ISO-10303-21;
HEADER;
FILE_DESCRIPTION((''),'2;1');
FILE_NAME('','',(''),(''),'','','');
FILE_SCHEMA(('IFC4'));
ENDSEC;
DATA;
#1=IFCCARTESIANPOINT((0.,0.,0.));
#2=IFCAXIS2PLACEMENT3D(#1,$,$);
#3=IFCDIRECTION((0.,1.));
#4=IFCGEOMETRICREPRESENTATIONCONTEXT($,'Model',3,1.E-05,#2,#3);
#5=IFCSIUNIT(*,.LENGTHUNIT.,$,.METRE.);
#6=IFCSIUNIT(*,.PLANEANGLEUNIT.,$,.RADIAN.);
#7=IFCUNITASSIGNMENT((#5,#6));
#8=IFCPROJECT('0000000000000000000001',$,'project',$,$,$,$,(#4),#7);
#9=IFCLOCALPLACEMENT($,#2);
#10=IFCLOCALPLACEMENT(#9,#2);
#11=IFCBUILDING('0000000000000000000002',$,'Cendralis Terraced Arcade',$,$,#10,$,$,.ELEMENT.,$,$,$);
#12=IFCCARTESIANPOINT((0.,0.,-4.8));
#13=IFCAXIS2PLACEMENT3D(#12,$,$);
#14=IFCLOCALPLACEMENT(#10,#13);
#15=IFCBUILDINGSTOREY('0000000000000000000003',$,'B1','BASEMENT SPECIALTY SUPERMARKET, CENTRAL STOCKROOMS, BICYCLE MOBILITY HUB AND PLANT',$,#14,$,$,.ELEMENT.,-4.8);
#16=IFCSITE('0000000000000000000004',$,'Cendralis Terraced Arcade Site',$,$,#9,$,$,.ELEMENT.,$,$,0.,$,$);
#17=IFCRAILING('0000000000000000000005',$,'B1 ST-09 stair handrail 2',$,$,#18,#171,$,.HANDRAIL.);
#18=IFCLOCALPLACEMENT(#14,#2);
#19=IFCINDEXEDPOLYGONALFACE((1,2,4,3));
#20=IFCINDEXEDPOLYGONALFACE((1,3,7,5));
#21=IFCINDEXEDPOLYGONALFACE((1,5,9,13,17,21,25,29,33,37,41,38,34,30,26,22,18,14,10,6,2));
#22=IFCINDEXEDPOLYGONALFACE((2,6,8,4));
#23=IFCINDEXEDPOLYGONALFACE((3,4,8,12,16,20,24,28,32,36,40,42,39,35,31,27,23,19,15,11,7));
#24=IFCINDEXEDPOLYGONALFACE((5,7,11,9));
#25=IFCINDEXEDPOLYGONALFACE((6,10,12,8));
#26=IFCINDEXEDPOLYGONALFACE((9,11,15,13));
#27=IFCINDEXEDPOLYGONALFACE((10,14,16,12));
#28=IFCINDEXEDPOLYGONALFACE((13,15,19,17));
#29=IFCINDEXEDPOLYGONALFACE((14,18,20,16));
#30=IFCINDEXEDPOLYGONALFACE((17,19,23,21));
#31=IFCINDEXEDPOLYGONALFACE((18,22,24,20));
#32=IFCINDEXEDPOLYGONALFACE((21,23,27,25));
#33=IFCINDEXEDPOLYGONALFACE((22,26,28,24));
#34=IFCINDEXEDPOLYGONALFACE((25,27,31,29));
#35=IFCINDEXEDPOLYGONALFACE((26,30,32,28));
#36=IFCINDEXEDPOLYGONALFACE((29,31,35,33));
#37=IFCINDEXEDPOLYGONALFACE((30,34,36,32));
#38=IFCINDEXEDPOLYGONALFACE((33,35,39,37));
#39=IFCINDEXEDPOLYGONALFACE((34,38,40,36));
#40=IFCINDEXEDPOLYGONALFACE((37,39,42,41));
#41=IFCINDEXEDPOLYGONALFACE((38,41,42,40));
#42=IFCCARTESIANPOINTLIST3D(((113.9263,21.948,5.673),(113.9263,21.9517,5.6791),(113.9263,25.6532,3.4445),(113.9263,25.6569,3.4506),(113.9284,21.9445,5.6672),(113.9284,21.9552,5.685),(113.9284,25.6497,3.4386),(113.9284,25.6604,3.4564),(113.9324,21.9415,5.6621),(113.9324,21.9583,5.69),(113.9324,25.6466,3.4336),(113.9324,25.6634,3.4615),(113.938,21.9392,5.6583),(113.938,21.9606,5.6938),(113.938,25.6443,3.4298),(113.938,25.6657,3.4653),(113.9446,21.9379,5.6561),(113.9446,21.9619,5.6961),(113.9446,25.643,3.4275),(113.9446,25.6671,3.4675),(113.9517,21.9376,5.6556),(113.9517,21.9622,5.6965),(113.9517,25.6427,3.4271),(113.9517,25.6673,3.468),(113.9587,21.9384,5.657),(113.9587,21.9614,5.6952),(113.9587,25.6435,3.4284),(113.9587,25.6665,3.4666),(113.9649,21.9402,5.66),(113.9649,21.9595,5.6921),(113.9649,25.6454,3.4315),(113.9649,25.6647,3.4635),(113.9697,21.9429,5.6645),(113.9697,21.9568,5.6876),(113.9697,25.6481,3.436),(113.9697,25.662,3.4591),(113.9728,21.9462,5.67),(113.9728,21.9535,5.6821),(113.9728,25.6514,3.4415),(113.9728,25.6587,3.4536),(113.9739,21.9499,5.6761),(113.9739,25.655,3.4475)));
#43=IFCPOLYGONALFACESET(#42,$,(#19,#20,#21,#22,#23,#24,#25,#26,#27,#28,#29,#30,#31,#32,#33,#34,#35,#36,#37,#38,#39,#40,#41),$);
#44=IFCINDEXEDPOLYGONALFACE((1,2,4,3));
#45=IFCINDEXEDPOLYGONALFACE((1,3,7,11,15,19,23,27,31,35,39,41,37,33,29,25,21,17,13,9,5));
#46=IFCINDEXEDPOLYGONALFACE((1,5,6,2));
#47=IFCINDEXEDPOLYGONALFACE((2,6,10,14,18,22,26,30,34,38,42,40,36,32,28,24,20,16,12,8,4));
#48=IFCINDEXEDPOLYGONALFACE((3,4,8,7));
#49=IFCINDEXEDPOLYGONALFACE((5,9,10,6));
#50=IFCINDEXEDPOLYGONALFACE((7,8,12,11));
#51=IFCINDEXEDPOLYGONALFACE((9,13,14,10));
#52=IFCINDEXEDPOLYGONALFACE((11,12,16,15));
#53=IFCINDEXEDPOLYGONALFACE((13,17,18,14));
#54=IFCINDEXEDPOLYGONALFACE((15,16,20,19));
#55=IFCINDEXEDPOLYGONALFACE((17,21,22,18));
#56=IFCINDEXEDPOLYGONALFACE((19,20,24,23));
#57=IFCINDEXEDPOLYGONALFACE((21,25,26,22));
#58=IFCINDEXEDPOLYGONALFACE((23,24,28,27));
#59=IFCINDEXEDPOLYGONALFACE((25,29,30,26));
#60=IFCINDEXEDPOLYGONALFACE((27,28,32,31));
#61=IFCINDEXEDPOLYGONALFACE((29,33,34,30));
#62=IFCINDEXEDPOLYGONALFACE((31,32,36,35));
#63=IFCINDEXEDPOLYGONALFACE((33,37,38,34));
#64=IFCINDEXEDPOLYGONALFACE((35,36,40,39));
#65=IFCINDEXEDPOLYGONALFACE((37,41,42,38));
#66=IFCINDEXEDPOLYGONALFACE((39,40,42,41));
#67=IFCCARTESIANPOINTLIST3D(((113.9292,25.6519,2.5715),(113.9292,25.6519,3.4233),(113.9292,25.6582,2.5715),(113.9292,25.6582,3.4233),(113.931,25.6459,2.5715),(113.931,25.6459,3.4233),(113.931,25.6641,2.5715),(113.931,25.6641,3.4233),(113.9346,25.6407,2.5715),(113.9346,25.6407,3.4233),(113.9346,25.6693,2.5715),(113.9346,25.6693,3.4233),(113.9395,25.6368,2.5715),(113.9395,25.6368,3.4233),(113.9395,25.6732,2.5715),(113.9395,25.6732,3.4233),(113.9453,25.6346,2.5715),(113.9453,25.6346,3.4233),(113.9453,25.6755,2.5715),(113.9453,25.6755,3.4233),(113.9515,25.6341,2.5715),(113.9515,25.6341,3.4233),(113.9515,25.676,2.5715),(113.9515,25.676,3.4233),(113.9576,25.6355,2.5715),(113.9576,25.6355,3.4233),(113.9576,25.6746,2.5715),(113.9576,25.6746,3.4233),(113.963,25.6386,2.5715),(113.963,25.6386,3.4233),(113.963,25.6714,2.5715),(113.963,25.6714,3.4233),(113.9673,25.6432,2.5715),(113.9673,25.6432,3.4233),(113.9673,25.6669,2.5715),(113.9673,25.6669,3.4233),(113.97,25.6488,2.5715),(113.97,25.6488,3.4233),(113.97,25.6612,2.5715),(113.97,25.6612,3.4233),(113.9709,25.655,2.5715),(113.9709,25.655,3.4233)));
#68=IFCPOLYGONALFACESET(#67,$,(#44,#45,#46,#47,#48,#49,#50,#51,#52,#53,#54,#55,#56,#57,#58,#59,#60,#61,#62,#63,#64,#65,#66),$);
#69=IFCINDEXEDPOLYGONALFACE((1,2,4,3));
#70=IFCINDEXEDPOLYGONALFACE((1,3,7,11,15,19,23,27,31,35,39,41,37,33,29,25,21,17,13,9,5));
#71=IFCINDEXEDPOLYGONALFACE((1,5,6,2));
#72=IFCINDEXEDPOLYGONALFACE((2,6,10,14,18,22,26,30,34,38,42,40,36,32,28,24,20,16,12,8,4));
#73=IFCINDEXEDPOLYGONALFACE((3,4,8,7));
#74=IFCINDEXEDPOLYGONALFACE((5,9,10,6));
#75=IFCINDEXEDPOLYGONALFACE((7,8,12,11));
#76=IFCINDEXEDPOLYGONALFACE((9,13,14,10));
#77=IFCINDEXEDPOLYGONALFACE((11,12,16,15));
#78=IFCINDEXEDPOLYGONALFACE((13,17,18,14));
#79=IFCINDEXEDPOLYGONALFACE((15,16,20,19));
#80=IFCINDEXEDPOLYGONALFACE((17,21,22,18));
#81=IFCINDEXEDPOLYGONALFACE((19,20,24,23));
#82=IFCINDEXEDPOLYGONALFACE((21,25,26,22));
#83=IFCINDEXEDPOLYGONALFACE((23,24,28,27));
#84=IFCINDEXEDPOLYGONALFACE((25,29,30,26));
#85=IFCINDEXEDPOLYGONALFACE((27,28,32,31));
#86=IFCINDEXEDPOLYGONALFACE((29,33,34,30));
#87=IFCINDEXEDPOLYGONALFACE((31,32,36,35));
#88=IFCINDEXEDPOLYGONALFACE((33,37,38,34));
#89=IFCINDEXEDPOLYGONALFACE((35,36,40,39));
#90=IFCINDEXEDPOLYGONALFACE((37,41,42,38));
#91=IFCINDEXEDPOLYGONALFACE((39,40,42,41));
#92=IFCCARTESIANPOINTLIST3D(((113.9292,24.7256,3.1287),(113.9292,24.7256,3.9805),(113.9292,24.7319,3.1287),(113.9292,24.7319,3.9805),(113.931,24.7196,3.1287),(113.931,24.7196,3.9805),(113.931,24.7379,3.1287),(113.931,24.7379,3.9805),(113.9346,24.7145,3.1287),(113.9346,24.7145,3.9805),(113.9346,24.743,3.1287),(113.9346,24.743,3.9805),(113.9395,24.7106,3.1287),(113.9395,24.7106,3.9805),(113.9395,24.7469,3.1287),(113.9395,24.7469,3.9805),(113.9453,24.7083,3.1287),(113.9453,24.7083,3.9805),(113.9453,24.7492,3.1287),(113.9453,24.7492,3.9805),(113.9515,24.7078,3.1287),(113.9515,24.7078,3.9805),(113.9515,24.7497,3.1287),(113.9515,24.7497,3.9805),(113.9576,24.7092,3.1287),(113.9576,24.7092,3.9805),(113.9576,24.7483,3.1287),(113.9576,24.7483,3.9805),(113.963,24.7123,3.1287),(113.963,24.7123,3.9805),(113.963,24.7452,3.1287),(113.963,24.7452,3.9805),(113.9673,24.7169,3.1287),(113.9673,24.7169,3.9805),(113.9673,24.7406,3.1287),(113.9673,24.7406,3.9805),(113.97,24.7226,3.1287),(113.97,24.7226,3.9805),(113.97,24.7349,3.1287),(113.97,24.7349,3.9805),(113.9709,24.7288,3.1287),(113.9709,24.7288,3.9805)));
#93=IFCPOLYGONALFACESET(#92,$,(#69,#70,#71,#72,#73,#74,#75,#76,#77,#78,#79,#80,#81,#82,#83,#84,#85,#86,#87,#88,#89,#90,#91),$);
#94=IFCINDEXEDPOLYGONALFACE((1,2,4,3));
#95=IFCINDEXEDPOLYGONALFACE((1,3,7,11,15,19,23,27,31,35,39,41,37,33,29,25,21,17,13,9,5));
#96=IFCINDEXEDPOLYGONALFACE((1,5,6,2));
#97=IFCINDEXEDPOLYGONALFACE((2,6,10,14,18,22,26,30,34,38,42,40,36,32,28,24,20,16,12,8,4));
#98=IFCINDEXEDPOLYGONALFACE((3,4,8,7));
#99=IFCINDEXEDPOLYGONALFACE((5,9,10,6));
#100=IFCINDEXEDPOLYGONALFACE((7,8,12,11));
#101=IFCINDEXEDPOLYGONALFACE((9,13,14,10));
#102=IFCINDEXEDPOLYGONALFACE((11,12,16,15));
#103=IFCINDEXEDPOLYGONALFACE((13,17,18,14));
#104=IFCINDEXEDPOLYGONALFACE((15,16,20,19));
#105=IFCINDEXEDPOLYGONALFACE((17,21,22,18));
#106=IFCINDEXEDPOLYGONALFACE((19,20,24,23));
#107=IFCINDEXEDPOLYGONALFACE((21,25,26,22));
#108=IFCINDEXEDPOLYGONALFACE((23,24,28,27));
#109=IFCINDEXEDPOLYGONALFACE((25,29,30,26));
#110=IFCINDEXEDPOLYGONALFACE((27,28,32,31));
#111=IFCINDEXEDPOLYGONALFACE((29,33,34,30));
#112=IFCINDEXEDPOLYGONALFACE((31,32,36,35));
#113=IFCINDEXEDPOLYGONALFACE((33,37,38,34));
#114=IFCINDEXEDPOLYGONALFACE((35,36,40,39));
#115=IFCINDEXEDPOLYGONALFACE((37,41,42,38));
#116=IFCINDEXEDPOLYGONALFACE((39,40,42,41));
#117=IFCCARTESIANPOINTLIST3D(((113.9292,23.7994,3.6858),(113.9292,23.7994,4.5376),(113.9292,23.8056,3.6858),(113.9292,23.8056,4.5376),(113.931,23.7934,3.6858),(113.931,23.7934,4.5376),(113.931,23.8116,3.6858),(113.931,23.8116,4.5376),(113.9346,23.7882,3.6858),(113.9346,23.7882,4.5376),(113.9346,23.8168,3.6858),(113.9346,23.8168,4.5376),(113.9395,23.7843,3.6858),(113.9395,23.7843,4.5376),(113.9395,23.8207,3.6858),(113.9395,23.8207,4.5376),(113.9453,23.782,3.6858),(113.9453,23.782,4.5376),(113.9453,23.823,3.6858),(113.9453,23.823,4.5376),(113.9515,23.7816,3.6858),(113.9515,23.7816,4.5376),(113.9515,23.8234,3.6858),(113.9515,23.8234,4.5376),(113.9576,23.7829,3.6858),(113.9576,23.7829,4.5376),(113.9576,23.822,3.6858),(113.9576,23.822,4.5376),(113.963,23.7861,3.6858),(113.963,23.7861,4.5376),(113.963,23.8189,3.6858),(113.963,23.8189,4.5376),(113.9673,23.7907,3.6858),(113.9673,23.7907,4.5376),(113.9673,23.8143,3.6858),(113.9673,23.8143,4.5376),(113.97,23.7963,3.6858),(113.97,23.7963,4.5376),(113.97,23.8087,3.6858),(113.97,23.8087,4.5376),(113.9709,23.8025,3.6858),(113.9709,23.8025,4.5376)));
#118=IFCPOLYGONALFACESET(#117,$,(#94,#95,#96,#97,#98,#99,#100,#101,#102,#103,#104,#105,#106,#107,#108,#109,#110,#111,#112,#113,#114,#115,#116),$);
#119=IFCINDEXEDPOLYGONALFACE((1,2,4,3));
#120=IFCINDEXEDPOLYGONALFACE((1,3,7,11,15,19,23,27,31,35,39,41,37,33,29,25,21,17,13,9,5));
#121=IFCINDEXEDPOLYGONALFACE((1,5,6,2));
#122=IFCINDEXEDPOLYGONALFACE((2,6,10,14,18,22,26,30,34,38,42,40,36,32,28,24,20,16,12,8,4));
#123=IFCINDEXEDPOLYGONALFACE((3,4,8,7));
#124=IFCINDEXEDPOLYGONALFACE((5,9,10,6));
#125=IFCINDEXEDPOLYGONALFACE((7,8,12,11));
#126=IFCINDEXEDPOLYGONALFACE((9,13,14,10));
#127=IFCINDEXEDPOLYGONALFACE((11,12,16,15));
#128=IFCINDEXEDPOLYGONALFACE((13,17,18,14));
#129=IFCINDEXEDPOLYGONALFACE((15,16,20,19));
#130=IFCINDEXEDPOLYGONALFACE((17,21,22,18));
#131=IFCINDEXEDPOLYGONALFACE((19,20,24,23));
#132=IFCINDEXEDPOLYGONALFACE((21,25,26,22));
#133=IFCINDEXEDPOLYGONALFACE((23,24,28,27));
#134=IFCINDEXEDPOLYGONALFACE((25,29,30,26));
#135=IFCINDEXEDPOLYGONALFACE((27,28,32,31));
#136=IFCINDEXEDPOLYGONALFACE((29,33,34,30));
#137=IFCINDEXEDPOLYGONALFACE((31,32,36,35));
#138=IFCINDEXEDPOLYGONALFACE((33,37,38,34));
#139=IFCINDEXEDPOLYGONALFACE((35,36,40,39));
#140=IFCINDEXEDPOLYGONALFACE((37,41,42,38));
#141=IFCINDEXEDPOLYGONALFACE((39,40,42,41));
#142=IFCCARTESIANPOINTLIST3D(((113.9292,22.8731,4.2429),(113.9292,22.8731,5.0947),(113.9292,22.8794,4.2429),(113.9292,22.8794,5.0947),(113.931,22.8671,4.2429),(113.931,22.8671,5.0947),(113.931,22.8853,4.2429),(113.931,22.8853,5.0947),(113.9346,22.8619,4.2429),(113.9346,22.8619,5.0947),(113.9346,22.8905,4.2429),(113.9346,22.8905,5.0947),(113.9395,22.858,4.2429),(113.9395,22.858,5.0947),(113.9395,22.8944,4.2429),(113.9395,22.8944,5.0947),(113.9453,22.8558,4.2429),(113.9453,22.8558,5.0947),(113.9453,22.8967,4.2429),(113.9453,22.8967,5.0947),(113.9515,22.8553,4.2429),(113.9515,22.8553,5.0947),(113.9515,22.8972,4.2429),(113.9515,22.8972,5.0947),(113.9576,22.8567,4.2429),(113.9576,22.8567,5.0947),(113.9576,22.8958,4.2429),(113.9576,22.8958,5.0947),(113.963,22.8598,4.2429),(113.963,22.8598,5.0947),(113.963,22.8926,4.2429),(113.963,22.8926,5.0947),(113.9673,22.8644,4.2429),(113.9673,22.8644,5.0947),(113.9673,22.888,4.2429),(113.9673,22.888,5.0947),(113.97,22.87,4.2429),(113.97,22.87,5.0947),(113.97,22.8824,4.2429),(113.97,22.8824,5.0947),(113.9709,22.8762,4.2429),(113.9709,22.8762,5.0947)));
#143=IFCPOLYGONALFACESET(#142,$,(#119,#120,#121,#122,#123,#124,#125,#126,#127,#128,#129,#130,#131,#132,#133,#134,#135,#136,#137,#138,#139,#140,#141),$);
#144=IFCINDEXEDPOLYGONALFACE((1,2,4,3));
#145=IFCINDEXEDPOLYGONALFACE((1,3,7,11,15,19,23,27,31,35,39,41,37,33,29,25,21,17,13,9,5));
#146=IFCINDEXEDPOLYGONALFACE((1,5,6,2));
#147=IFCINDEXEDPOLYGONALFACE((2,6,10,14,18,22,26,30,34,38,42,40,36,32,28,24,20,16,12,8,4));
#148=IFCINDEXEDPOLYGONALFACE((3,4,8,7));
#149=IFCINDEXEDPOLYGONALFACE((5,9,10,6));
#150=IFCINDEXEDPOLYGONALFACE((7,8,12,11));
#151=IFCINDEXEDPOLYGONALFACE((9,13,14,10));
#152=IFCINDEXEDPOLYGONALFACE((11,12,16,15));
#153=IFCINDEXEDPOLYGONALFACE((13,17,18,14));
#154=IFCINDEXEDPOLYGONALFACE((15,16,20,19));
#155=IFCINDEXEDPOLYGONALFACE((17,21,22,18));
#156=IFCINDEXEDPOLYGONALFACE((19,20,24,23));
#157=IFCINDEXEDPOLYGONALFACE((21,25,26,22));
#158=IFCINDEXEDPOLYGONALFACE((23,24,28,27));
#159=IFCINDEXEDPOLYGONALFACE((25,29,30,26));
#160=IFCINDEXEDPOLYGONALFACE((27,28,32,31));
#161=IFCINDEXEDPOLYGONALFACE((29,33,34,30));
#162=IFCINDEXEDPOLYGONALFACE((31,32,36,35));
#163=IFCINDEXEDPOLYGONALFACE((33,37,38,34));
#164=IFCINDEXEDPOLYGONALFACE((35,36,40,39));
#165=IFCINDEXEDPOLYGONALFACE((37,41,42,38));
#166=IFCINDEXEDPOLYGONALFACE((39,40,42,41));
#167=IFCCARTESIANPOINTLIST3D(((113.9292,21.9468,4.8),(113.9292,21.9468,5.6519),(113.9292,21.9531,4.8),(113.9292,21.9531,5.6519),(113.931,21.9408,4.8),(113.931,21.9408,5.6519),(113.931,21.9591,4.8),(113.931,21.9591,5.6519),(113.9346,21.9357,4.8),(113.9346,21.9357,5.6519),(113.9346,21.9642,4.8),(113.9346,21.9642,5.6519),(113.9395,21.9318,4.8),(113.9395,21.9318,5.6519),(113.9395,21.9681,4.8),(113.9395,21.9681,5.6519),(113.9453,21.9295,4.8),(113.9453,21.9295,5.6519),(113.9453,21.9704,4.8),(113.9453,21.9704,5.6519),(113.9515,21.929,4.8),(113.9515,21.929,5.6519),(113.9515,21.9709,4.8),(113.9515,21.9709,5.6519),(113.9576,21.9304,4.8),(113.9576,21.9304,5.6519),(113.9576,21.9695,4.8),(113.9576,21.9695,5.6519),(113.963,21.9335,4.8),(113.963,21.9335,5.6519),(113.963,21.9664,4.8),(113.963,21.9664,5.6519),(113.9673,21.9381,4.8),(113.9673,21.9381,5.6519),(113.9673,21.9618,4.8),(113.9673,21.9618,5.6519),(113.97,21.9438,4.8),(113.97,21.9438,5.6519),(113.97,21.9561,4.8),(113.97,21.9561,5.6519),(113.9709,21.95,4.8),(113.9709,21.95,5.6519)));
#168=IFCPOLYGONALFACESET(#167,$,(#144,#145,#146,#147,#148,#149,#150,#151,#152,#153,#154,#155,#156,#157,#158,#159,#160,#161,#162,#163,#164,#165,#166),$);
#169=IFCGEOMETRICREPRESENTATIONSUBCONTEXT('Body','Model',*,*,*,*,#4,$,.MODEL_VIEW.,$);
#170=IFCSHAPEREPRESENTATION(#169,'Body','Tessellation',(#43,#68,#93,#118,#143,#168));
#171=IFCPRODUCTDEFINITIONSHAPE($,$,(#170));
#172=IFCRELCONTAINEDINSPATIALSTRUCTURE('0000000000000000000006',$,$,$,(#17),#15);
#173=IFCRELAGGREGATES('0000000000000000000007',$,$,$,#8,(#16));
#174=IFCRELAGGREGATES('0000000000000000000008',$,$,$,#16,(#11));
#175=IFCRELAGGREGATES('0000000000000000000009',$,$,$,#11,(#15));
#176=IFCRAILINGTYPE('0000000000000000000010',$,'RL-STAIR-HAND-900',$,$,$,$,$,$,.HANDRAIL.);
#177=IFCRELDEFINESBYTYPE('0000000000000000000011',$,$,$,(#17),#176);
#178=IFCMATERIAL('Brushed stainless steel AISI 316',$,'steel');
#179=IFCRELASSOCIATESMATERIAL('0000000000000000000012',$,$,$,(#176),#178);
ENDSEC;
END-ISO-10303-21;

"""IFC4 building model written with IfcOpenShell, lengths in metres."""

from ifc_helpers import new_model, si_unit, direction, frame, origin, origin_2d, place, context, subcontext, project, spatial, circle, extrude, material, type_object, element, save


model = new_model("IFC4")

# Units and contexts
model_context = context("Model", 3, precision=1e-05, world=origin(), true_north=direction((0.0, 1.0)))
body_context = subcontext(model_context, "Body", "Model", "MODEL_VIEW")
ifc_project = project(units=[si_unit("LENGTHUNIT", "METRE"), si_unit("PLANEANGLEUNIT", "RADIAN")], contexts=[model_context])

# Site, building, storey
site_placement = place(None, origin())
site = spatial("IfcSite", under=ifc_project, at=site_placement, Name="Cendralis Terraced Arcade Site", CompositionType="ELEMENT", RefElevation=0.0)
building_placement = place(site_placement, origin())
building = spatial("IfcBuilding", under=site, at=building_placement, Name="Cendralis Terraced Arcade", CompositionType="ELEMENT")
storey_placement = place(building_placement, frame((0.0, 0.0, -4.8)))
storey = spatial("IfcBuildingStorey", under=building, at=storey_placement, Name="B1", Description="BASEMENT SPECIALTY SUPERMARKET, CENTRAL STOCKROOMS, BICYCLE MOBILITY HUB AND PLANT", CompositionType="ELEMENT", Elevation=-4.8)

# Railing
ifc_material_1 = material(Name="Brushed stainless steel AISI 316", Category="steel")
railing_type_1 = type_object("IfcRailingType", Name="RL-STAIR-HAND-900", PredefinedType="HANDRAIL", material=ifc_material_1)
railing_1_placement = place(storey_placement, frame((113.95, 25.655, 2.5715)))
element("IfcRailing", 1, at=railing_1_placement, inside=storey, type_object=railing_type_1, Name="B1 ST-09 stair handrail 2", PredefinedType="HANDRAIL", context=body_context, shape_type="SweptSolid", body=[
    extrude(circle(Radius=0.0239, at=origin_2d()), frame((0.0, 0.0, 0.876), z_axis=(0.0, -0.856934, 0.515425), x_axis=(1.0, 0.0, 0.0)), (0.0, 0.0, 1.0), 4.3237),
    extrude(circle(Radius=0.021, at=origin_2d()), origin(), (0.0, 0.0, 1.0), 0.8518),
    extrude(circle(Radius=0.021, at=origin_2d()), frame((0.0, -0.9263, 0.5571)), (0.0, 0.0, 1.0), 0.8518),
    extrude(circle(Radius=0.021, at=origin_2d()), frame((0.0, -1.8525, 1.1143)), (0.0, 0.0, 1.0), 0.8518),
    extrude(circle(Radius=0.021, at=origin_2d()), frame((0.0, -2.7788, 1.6714)), (0.0, 0.0, 1.0), 0.8518),
    extrude(circle(Radius=0.021, at=origin_2d()), frame((0.0, -3.7051, 2.2285)), (0.0, 0.0, 1.0), 0.8518),
])

save(model, "model.ifc")
